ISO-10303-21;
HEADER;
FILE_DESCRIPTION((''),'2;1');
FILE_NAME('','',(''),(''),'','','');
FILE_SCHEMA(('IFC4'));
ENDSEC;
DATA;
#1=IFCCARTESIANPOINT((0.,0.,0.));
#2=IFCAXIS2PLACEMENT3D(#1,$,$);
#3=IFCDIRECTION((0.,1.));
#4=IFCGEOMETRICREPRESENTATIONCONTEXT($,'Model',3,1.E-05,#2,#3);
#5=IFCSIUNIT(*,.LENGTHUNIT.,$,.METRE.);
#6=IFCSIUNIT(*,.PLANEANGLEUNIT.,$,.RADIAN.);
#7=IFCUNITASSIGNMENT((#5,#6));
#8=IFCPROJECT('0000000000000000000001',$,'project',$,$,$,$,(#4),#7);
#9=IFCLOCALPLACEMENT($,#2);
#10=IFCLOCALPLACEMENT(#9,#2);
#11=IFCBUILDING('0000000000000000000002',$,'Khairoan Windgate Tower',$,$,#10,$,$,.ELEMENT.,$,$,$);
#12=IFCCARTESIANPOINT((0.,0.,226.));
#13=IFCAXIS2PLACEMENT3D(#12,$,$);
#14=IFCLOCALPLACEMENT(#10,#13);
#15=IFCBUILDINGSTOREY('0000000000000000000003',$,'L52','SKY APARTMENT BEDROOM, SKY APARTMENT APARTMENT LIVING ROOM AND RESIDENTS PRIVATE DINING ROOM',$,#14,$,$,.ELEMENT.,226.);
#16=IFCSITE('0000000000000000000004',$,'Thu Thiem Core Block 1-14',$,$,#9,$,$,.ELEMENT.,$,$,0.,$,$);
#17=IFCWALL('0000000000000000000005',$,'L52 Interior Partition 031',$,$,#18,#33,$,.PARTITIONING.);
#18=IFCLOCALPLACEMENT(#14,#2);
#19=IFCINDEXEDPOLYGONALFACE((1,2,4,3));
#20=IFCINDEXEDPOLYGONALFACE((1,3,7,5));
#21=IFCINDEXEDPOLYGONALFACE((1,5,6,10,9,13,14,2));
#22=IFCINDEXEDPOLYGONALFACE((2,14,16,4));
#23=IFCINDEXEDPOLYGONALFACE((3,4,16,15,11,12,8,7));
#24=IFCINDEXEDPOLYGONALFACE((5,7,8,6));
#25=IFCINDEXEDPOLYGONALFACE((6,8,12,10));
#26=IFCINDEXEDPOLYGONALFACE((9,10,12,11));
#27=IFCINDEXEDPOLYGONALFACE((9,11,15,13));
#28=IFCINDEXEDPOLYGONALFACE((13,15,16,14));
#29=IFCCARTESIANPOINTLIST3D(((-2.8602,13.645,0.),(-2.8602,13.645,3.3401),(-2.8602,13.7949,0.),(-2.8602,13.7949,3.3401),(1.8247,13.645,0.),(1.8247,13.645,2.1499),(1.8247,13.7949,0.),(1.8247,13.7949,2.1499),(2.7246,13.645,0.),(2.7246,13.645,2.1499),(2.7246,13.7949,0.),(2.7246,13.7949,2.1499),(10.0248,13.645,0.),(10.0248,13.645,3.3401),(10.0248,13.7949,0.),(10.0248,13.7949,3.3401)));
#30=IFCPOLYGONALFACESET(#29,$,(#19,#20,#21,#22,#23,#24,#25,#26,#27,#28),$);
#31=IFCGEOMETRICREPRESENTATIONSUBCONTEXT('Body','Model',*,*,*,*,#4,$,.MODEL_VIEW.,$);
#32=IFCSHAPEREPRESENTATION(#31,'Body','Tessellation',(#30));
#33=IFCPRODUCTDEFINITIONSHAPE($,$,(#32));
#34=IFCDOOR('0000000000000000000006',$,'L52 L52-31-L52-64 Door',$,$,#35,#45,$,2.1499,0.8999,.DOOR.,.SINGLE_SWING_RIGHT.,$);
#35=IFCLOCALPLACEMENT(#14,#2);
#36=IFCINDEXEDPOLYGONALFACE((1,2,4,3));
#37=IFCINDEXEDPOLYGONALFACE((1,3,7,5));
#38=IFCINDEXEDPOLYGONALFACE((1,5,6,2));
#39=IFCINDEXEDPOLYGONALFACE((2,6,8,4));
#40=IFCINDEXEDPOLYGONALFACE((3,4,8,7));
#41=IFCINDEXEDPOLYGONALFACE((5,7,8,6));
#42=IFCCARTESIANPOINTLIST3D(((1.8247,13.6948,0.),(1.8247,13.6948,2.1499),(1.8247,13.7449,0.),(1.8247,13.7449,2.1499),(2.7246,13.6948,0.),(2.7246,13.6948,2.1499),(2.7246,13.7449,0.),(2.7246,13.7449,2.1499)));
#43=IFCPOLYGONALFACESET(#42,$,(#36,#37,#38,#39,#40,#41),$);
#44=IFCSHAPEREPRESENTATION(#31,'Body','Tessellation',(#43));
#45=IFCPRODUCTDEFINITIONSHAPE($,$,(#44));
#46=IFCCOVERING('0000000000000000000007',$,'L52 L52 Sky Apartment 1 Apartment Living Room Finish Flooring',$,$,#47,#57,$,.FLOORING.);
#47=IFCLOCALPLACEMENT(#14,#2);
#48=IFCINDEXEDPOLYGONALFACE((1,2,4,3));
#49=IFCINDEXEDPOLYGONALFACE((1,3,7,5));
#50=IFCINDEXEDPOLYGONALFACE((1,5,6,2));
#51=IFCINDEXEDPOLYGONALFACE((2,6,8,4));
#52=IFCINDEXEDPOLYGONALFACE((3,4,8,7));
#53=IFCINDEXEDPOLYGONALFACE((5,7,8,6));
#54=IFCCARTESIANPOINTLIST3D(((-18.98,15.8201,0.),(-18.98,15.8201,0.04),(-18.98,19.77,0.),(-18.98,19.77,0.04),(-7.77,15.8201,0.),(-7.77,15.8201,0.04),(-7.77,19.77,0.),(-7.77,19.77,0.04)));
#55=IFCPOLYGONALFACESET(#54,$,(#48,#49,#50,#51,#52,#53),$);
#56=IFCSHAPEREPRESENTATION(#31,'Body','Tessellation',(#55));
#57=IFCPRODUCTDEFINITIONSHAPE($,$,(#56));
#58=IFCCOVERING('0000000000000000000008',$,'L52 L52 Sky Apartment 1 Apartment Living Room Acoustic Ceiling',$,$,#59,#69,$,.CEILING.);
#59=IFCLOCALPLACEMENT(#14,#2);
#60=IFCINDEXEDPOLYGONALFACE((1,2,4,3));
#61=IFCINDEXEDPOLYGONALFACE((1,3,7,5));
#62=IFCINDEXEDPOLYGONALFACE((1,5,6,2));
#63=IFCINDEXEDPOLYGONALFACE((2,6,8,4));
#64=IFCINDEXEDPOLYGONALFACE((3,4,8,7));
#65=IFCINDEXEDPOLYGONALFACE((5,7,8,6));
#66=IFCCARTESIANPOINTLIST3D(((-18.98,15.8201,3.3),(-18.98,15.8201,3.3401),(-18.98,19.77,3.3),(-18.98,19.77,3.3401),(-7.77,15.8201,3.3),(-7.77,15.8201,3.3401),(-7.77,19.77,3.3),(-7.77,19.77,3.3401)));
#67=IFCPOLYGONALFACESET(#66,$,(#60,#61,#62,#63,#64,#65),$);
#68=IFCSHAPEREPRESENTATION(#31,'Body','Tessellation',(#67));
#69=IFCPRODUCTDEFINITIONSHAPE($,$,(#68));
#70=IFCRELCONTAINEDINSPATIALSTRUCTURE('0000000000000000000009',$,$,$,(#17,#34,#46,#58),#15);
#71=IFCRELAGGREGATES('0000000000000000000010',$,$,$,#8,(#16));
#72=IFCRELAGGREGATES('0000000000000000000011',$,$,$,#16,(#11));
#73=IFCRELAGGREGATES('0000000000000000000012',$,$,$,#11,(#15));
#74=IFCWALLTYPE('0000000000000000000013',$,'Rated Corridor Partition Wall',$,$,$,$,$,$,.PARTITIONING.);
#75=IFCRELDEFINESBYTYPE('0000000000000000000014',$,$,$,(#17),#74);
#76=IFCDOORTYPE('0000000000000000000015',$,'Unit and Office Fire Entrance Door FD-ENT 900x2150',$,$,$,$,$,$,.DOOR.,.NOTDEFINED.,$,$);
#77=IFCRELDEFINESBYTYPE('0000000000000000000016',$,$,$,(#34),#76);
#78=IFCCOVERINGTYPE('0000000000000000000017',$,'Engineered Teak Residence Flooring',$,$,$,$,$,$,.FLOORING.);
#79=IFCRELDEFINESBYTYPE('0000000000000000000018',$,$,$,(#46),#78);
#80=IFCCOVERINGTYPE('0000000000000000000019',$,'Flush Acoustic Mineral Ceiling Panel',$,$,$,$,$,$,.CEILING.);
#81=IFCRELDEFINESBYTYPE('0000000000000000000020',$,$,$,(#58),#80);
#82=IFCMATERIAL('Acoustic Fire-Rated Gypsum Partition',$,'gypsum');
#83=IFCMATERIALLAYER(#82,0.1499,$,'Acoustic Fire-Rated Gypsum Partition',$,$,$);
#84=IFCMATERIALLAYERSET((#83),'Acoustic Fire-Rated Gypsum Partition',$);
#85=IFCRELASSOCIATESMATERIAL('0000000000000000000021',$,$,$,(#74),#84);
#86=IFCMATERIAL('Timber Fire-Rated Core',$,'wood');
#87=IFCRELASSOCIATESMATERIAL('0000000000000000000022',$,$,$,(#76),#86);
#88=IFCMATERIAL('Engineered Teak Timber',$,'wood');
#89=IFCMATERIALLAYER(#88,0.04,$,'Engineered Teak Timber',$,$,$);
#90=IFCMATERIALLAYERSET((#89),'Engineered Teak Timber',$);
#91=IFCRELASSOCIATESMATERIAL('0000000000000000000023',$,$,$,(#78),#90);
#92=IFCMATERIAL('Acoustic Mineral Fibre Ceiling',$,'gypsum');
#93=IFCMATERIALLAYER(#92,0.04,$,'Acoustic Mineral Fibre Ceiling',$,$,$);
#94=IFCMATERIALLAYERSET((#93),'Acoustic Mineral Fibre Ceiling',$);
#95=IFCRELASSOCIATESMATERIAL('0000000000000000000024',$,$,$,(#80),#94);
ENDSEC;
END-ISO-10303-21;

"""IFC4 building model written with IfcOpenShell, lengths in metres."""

from ifc_helpers import new_model, si_unit, direction, frame, frame_2d, origin, place, context, subcontext, project, spatial, polyline, rectangle, outline, extrude, material, layer, layer_set, type_object, element, fill, save


model = new_model("IFC4")

# Units and contexts
model_context = context("Model", 3, precision=1e-05, world=origin(), true_north=direction((0.0, 1.0)))
body_context = subcontext(model_context, "Body", "Model", "MODEL_VIEW")
ifc_project = project(units=[si_unit("LENGTHUNIT", "METRE"), si_unit("PLANEANGLEUNIT", "RADIAN")], contexts=[model_context])

# Site, building, storey
site_placement = place(None, origin())
site = spatial("IfcSite", under=ifc_project, at=site_placement, Name="Thu Thiem Core Block 1-14", CompositionType="ELEMENT", RefElevation=0.0)
building_placement = place(site_placement, origin())
building = spatial("IfcBuilding", under=site, at=building_placement, Name="Khairoan Windgate Tower", CompositionType="ELEMENT")
storey_placement = place(building_placement, frame((0.0, 0.0, 226.0)))
storey = spatial("IfcBuildingStorey", under=building, at=storey_placement, Name="L52", Description="SKY APARTMENT BEDROOM, SKY APARTMENT APARTMENT LIVING ROOM AND RESIDENTS PRIVATE DINING ROOM", CompositionType="ELEMENT", Elevation=226.0)

# Shared definitions
ifc_material_1 = material(Name="Acoustic Fire-Rated Gypsum Partition", Category="gypsum")
ifc_layer_1 = layer(ifc_material_1, 0.1499, Name="Acoustic Fire-Rated Gypsum Partition")
ifc_layer_set_1 = layer_set([ifc_layer_1], Name="Acoustic Fire-Rated Gypsum Partition")
wall_type_1 = type_object("IfcWallType", Name="Rated Corridor Partition Wall", PredefinedType="PARTITIONING", material=ifc_layer_set_1)

# Shared definitions
ifc_material_2 = material(Name="Timber Fire-Rated Core", Category="wood")
door_type_1 = type_object("IfcDoorType", Name="Unit and Office Fire Entrance Door FD-ENT 900x2150", OperationType="NOTDEFINED", PredefinedType="DOOR", material=ifc_material_2)

# Wall, opening, door
wall_1_placement = place(storey_placement, frame((-2.8601, 13.72, 0.0), z_axis=(0.0, 0.0, 1.0), x_axis=(1.0, 0.0, 0.0)))
wall_1 = element("IfcWall", 1, at=wall_1_placement, inside=storey, type_object=wall_type_1, Name="L52 Interior Partition 031", PredefinedType="PARTITIONING", context=body_context, shape_type="SweptSolid", body=[
    extrude(rectangle(XDim=12.885, YDim=0.1499, at=frame_2d((6.4424, 0.0))), origin(), (0.0, 0.0, 1.0), 3.3401),
])
opening_1_placement = place(wall_1_placement, frame((4.6848, 0.0, 0.0)))
opening_1 = element("IfcOpeningElement", 2, at=opening_1_placement, cuts=wall_1, PredefinedType="OPENING", context=body_context, shape_type="SweptSolid", body=[
    extrude(rectangle(XDim=0.8999, YDim=2.1499, at=frame_2d((0.45, 1.075))), frame((0.0, 0.085, 0.0), z_axis=(0.0, -1.0, 0.0), x_axis=(1.0, 0.0, 0.0)), (0.0, 0.0, 1.0), 0.1699),
])
door_1_placement = place(opening_1_placement, origin())
door_1 = element("IfcDoor", 3, at=door_1_placement, inside=storey, type_object=door_type_1, Name="L52 L52-31-L52-64 Door", OperationType="SINGLE_SWING_RIGHT", OverallHeight=2.1499, OverallWidth=0.8999, PredefinedType="DOOR", context=body_context, shape_type="SweptSolid", body=[
    extrude(rectangle(XDim=0.8999, YDim=2.1499, at=frame_2d((0.45, 1.075))), frame((0.0, 0.0249, 0.0), z_axis=(0.0, -1.0, 0.0), x_axis=(1.0, 0.0, 0.0)), (0.0, 0.0, 1.0), 0.05),
])
fill(opening_1, door_1)

# Coverings
ifc_material_3 = material(Name="Engineered Teak Timber", Category="wood")
ifc_layer_2 = layer(ifc_material_3, 0.04, Name="Engineered Teak Timber")
ifc_layer_set_2 = layer_set([ifc_layer_2], Name="Engineered Teak Timber")
covering_type_1 = type_object("IfcCoveringType", Name="Engineered Teak Residence Flooring", PredefinedType="FLOORING", material=ifc_layer_set_2)
covering_1_placement = place(storey_placement, origin())
element("IfcCovering", 4, at=covering_1_placement, inside=storey, type_object=covering_type_1, Name="L52 L52 Sky Apartment 1 Apartment Living Room Finish Flooring", PredefinedType="FLOORING", context=body_context, shape_type="SweptSolid", body=[
    extrude(outline(polyline([(-18.98, 19.77), (-7.77, 19.77), (-7.77, 15.8201), (-18.98, 15.8201), (-18.98, 19.77)])), origin(), (0.0, 0.0, 1.0), 0.04),
])
ifc_material_4 = material(Name="Acoustic Mineral Fibre Ceiling", Category="gypsum")
ifc_layer_3 = layer(ifc_material_4, 0.04, Name="Acoustic Mineral Fibre Ceiling")
ifc_layer_set_3 = layer_set([ifc_layer_3], Name="Acoustic Mineral Fibre Ceiling")
covering_type_2 = type_object("IfcCoveringType", Name="Flush Acoustic Mineral Ceiling Panel", PredefinedType="CEILING", material=ifc_layer_set_3)
covering_2_placement = place(storey_placement, frame((0.0, 0.0, 3.3)))
element("IfcCovering", 5, at=covering_2_placement, inside=storey, type_object=covering_type_2, Name="L52 L52 Sky Apartment 1 Apartment Living Room Acoustic Ceiling", PredefinedType="CEILING", context=body_context, shape_type="SweptSolid", body=[
    extrude(outline(polyline([(-18.98, 19.77), (-7.77, 19.77), (-7.77, 15.8201), (-18.98, 15.8201), (-18.98, 19.77)])), origin(), (0.0, 0.0, 1.0), 0.04),
])

save(model, "model.ifc")
